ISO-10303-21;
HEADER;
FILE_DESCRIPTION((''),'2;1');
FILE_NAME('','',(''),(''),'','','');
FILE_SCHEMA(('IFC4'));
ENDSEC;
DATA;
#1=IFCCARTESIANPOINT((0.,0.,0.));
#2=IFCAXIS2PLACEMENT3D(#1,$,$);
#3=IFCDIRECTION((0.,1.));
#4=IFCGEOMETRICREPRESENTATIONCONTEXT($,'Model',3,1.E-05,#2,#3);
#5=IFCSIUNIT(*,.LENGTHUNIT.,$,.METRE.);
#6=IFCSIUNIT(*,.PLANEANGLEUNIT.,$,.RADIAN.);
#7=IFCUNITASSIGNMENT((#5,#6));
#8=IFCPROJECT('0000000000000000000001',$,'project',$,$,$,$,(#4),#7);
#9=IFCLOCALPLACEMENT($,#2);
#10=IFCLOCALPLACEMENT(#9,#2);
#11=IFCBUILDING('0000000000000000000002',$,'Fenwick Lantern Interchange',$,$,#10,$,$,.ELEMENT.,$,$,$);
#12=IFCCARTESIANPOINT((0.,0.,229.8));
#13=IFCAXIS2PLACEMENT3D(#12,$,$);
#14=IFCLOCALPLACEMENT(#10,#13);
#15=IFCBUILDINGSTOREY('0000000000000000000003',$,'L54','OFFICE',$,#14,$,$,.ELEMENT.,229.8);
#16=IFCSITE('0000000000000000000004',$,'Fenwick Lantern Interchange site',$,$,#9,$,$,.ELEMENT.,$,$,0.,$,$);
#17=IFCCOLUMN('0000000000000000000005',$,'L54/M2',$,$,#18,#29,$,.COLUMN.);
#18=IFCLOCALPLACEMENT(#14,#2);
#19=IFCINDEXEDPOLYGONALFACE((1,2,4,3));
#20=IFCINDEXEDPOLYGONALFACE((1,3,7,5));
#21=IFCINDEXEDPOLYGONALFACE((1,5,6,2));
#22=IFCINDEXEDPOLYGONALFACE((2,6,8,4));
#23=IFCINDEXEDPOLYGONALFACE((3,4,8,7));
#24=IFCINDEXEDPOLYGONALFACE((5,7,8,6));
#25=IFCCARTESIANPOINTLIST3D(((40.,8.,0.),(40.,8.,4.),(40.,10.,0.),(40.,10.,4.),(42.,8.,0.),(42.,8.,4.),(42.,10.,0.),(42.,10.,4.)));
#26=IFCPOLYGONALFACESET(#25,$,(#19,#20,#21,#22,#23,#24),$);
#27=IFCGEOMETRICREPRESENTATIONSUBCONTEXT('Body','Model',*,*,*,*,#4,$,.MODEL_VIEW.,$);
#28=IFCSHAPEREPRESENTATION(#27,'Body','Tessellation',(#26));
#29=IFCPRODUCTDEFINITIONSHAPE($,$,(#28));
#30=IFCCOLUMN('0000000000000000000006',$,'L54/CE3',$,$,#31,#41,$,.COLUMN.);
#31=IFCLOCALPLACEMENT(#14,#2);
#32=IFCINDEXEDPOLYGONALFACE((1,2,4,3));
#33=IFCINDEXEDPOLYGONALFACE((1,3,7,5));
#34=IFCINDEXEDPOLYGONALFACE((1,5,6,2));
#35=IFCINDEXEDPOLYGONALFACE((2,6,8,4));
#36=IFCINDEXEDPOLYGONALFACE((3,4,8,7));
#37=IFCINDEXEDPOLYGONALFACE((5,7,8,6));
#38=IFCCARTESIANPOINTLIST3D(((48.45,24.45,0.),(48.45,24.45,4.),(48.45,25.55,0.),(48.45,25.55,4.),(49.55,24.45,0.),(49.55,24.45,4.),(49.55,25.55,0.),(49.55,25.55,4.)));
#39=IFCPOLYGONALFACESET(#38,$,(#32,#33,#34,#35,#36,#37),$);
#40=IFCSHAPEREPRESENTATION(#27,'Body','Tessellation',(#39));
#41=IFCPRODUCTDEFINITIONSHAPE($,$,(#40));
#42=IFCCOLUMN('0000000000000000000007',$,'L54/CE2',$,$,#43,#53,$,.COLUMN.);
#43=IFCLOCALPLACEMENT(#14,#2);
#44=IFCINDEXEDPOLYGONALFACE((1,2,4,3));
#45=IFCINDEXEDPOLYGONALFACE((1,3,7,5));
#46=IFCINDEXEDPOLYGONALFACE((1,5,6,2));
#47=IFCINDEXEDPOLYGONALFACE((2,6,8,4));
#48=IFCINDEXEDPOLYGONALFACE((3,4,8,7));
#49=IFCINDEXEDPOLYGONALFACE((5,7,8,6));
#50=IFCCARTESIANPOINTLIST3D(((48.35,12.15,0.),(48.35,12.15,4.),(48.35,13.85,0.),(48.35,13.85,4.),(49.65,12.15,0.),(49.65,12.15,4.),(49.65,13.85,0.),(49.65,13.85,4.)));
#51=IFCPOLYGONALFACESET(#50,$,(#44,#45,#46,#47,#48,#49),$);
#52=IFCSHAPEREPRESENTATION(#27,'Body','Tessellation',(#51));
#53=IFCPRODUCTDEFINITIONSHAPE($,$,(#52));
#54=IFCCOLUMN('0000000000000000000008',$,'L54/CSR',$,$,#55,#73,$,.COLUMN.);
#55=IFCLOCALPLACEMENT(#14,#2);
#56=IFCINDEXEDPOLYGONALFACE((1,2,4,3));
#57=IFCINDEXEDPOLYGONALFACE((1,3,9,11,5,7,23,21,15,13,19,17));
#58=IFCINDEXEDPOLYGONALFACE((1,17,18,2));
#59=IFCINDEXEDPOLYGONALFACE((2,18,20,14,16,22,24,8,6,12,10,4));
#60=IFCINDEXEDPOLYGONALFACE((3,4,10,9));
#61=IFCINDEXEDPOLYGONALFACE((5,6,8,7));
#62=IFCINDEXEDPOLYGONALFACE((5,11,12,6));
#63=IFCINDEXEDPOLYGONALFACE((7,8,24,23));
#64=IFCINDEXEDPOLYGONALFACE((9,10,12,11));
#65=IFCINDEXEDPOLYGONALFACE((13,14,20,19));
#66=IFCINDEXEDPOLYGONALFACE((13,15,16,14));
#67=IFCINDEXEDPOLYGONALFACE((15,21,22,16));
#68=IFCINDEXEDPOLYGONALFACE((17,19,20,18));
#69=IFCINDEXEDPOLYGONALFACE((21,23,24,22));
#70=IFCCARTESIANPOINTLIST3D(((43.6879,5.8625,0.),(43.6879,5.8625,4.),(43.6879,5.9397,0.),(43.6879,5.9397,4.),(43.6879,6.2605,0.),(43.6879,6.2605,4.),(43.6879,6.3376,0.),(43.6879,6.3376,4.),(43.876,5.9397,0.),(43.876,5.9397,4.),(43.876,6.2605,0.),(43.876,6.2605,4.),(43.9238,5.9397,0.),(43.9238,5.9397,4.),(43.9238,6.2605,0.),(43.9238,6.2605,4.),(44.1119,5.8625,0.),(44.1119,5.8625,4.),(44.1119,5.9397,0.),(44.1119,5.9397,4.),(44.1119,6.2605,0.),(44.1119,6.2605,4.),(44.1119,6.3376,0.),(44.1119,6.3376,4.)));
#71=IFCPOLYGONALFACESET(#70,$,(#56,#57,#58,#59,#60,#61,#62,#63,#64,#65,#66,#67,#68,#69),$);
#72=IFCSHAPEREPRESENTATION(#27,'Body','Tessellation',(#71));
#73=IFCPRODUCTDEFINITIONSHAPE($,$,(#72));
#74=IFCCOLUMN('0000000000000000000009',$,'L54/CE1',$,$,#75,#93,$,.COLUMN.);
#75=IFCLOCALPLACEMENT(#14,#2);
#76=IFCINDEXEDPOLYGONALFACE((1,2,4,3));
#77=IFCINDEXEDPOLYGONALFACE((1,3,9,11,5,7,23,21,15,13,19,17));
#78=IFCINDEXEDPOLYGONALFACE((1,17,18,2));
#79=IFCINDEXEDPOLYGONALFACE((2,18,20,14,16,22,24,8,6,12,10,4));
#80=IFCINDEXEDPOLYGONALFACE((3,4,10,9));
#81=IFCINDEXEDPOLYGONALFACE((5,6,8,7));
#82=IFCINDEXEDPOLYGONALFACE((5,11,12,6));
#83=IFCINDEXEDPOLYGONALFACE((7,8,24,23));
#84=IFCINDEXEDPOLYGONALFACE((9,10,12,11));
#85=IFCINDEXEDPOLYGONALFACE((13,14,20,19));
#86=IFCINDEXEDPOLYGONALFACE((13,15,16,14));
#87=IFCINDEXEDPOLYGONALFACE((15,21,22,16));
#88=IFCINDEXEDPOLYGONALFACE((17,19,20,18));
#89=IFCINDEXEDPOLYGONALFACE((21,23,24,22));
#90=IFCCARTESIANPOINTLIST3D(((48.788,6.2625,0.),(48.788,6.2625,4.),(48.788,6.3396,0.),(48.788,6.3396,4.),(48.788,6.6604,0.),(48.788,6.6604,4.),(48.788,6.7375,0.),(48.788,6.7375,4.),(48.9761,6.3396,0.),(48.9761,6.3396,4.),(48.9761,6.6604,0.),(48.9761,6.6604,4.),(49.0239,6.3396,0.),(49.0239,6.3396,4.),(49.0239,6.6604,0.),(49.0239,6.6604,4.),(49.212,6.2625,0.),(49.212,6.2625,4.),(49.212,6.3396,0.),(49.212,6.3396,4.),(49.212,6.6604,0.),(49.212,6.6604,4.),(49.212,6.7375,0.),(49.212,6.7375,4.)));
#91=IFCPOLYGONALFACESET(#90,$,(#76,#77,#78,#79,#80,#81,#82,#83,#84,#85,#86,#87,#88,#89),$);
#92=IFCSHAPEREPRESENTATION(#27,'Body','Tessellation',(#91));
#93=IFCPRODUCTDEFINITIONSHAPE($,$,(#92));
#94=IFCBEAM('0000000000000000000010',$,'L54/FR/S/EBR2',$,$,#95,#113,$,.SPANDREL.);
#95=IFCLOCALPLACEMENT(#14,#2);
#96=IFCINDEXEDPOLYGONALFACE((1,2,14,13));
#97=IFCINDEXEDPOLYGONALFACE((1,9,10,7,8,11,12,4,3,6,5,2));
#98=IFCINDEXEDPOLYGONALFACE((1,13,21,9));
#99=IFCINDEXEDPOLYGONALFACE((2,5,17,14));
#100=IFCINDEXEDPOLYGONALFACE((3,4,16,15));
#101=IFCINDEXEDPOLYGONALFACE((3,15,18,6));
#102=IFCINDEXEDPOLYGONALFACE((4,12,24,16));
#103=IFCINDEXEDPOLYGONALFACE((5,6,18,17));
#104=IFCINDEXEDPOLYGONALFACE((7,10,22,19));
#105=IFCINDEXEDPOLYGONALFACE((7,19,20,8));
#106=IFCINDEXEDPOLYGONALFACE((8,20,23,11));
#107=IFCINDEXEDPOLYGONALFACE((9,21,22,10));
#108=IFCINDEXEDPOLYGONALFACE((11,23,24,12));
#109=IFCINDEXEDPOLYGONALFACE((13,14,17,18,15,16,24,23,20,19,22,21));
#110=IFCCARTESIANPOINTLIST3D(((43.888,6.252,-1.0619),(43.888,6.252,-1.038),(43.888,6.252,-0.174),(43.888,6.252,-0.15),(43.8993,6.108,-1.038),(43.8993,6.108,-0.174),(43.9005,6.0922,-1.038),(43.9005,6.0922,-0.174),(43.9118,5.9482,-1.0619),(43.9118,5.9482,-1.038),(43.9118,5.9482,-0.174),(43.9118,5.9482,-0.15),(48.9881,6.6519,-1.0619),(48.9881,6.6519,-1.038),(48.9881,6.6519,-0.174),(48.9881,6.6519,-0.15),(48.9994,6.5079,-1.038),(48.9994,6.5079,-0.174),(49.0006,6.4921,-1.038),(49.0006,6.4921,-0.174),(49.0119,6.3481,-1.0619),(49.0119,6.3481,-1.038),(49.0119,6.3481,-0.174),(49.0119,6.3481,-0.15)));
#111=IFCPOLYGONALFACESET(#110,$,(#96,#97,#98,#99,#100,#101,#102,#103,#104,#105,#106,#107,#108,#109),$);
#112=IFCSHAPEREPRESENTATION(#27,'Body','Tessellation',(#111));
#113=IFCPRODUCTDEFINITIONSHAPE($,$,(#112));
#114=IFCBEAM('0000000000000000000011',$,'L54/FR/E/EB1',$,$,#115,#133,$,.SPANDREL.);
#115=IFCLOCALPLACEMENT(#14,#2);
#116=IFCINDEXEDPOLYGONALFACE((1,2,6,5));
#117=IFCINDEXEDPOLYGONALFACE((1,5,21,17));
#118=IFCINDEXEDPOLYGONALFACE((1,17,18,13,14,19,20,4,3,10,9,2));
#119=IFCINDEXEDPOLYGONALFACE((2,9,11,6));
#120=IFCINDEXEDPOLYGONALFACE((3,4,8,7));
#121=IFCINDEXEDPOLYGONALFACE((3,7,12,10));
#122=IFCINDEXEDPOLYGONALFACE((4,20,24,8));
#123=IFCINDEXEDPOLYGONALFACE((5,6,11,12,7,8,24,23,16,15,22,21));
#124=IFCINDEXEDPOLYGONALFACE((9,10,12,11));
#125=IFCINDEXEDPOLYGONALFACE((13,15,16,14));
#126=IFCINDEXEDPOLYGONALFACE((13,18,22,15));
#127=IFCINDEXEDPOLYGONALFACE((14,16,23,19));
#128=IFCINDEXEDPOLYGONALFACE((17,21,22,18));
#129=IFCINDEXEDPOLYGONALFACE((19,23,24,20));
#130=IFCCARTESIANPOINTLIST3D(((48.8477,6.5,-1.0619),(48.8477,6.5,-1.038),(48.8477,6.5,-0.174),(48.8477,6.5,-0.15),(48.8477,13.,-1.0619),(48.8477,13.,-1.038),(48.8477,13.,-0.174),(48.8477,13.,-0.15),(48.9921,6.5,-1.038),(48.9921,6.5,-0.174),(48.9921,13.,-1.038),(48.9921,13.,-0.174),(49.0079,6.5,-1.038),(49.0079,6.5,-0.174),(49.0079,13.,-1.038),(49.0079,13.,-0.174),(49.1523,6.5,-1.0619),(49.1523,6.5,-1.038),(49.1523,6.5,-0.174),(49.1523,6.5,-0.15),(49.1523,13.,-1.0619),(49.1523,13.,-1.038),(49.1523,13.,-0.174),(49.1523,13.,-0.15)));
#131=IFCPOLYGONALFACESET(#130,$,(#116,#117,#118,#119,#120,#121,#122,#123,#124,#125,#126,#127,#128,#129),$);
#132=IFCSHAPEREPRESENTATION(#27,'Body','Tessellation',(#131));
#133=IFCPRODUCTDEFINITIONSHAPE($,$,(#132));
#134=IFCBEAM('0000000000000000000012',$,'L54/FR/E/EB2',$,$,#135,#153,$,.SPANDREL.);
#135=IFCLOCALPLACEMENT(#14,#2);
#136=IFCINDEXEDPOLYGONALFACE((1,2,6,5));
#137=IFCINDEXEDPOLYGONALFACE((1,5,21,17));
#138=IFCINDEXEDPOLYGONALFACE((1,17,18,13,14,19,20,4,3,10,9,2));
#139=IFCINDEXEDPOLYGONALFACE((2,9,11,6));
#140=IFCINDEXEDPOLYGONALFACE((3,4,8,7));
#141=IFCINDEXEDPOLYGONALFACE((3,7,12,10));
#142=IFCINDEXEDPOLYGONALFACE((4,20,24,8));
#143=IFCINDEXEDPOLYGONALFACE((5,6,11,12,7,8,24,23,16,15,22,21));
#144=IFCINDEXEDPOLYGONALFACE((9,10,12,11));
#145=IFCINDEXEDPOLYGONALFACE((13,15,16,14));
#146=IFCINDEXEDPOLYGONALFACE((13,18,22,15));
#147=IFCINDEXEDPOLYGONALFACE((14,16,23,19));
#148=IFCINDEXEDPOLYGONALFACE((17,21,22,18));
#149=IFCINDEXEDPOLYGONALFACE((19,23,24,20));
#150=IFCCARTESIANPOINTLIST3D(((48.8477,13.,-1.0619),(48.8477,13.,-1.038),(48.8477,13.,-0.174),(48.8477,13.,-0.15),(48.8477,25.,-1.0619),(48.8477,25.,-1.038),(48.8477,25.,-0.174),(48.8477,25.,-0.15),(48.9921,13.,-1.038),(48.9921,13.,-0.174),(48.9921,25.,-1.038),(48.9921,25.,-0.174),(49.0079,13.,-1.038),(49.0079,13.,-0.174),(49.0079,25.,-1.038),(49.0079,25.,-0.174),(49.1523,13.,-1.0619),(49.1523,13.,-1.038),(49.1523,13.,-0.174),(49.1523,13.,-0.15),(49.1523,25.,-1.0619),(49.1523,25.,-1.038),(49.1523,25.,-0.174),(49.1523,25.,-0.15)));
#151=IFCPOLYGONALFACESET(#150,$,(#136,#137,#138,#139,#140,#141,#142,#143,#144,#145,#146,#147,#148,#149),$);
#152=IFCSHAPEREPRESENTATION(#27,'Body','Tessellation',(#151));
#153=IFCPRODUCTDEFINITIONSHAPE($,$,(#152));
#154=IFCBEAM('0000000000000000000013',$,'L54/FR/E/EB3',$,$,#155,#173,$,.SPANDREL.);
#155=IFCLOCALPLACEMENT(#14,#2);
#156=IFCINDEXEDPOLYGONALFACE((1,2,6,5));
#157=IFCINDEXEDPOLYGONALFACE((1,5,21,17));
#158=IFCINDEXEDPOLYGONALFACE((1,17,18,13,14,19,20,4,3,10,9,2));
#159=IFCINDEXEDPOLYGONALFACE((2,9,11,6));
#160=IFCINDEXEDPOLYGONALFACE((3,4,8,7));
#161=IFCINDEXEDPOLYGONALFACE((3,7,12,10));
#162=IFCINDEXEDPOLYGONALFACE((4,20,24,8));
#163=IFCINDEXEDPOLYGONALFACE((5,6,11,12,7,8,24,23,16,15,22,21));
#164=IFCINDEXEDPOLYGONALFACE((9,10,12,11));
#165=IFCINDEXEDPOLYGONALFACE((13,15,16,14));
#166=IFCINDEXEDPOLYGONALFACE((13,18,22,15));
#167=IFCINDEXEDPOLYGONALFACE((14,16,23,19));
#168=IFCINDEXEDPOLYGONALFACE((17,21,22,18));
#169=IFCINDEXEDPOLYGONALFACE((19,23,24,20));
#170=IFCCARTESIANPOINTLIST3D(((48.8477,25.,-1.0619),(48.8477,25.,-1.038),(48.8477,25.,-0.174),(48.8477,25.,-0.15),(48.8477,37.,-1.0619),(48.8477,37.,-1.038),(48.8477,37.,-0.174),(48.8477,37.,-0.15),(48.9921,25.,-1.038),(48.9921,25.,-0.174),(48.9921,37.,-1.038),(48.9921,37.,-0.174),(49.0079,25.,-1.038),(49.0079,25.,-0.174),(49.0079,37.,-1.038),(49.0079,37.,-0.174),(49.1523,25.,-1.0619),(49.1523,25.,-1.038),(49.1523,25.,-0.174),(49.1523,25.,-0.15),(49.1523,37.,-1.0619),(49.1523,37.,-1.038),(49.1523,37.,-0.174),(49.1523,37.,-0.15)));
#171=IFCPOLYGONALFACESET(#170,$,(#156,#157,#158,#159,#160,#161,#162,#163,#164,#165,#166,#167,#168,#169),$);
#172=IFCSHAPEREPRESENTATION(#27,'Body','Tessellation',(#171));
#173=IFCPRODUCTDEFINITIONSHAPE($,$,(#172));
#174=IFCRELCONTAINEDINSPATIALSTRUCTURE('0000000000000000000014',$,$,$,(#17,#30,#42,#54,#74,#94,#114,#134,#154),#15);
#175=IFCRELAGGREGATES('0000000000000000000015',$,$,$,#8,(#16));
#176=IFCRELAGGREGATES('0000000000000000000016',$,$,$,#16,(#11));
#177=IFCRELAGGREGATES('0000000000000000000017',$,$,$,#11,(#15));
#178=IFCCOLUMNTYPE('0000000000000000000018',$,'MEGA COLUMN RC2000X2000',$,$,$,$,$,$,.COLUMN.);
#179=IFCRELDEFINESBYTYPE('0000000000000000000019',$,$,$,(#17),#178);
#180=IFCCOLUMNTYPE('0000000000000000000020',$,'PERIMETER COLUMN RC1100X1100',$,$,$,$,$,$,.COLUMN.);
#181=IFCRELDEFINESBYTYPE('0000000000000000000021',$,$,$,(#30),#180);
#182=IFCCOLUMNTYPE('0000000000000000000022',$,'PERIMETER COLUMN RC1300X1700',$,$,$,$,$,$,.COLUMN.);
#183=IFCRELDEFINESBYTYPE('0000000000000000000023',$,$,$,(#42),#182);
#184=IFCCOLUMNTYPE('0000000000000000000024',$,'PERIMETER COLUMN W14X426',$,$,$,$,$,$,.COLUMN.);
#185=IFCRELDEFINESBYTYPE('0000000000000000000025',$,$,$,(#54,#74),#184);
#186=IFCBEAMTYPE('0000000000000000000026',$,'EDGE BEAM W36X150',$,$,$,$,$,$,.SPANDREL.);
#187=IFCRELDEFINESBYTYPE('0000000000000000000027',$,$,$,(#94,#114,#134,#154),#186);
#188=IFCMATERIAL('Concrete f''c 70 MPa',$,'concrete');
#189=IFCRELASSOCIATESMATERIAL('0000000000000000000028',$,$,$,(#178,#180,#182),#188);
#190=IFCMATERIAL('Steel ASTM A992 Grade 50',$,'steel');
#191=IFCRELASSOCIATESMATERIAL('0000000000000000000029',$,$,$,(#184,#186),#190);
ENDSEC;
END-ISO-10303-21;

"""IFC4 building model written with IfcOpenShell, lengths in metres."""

from ifc_helpers import new_model, si_unit, direction, frame, origin, origin_2d, place, context, subcontext, project, spatial, rectangle, i_section, extrude, material, material_profile, profile_set, type_object, element, save


model = new_model("IFC4")

# Units and contexts
model_context = context("Model", 3, precision=1e-05, world=origin(), true_north=direction((0.0, 1.0)))
body_context = subcontext(model_context, "Body", "Model", "MODEL_VIEW")
ifc_project = project(units=[si_unit("LENGTHUNIT", "METRE"), si_unit("PLANEANGLEUNIT", "RADIAN")], contexts=[model_context])

# Site, building, storey
site_placement = place(None, origin())
site = spatial("IfcSite", under=ifc_project, at=site_placement, Name="Fenwick Lantern Interchange site", CompositionType="ELEMENT", RefElevation=0.0)
building_placement = place(site_placement, origin())
building = spatial("IfcBuilding", under=site, at=building_placement, Name="Fenwick Lantern Interchange", CompositionType="ELEMENT")
storey_placement = place(building_placement, frame((0.0, 0.0, 229.8)))
storey = spatial("IfcBuildingStorey", under=building, at=storey_placement, Name="L54", Description="OFFICE", CompositionType="ELEMENT", Elevation=229.8)

# Columns
ifc_material_1 = material(Name="Concrete f'c 70 MPa", Category="concrete")
ifc_material_profile_1 = material_profile(ifc_material_1, rectangle(XDim=2.0, YDim=2.0, at=origin_2d()), Name="RC2000X2000")
ifc_profile_set_1 = profile_set([ifc_material_profile_1], Name="Concrete f'c 70 MPa")
column_type_1 = type_object("IfcColumnType", Name="MEGA COLUMN RC2000X2000", PredefinedType="COLUMN", material=ifc_profile_set_1)
column_1_placement = place(storey_placement, frame((41.0, 9.0, 0.0), z_axis=(0.0, 0.0, 1.0), x_axis=(1.0, 0.0, 0.0)))
element("IfcColumn", 1, at=column_1_placement, inside=storey, type_object=column_type_1, Name="L54/M2", PredefinedType="COLUMN", context=body_context, shape_type="SweptSolid", body=[
    extrude(rectangle(XDim=2.0, YDim=2.0, at=origin_2d()), origin(), (0.0, 0.0, 1.0), 4.0),
])
ifc_material_profile_2 = material_profile(ifc_material_1, rectangle(XDim=1.1001, YDim=1.1001, at=origin_2d()), Name="RC1100X1100")
ifc_profile_set_2 = profile_set([ifc_material_profile_2], Name="Concrete f'c 70 MPa")
column_type_2 = type_object("IfcColumnType", Name="PERIMETER COLUMN RC1100X1100", PredefinedType="COLUMN", material=ifc_profile_set_2)
column_2_placement = place(storey_placement, frame((49.0, 25.0, 0.0), z_axis=(0.0, 0.0, 1.0), x_axis=(1.0, 0.0, 0.0)))
element("IfcColumn", 2, at=column_2_placement, inside=storey, type_object=column_type_2, Name="L54/CE3", PredefinedType="COLUMN", context=body_context, shape_type="SweptSolid", body=[
    extrude(rectangle(XDim=1.1001, YDim=1.1001, at=origin_2d()), origin(), (0.0, 0.0, 1.0), 4.0),
])
ifc_material_profile_3 = material_profile(ifc_material_1, rectangle(XDim=1.3, YDim=1.7, at=origin_2d()), Name="RC1300X1700")
ifc_profile_set_3 = profile_set([ifc_material_profile_3], Name="Concrete f'c 70 MPa")
column_type_3 = type_object("IfcColumnType", Name="PERIMETER COLUMN RC1300X1700", PredefinedType="COLUMN", material=ifc_profile_set_3)
column_3_placement = place(storey_placement, frame((49.0, 13.0, 0.0), z_axis=(0.0, 0.0, 1.0), x_axis=(1.0, 0.0, 0.0)))
element("IfcColumn", 3, at=column_3_placement, inside=storey, type_object=column_type_3, Name="L54/CE2", PredefinedType="COLUMN", context=body_context, shape_type="SweptSolid", body=[
    extrude(rectangle(XDim=1.3, YDim=1.7, at=origin_2d()), origin(), (0.0, 0.0, 1.0), 4.0),
])
ifc_material_2 = material(Name="Steel ASTM A992 Grade 50", Category="steel")
ifc_material_profile_4 = material_profile(ifc_material_2, i_section(OverallWidth=0.4241, OverallDepth=0.4751, WebThickness=0.0479, FlangeThickness=0.0771, at=origin_2d()), Name="W14X426")
ifc_profile_set_4 = profile_set([ifc_material_profile_4], Name="Steel ASTM A992 Grade 50")
column_type_4 = type_object("IfcColumnType", Name="PERIMETER COLUMN W14X426", PredefinedType="COLUMN", material=ifc_profile_set_4)
for number, where, z_axis, x_axis, name in (
    (4, (43.8999, 6.1001, 0.0), (0.0, 0.0, 1.0), (1.0, 0.0, 0.0), "L54/CSR"),
    (5, (49.0, 6.5, 0.0), (0.0, 0.0, 1.0), (1.0, 0.0, 0.0), "L54/CE1"),
):
    element("IfcColumn", number, at=place(storey_placement, frame(where, z_axis=z_axis, x_axis=x_axis)), inside=storey, type_object=column_type_4, Name=name, PredefinedType="COLUMN", context=body_context, shape_type="SweptSolid", body=[
        extrude(i_section(OverallWidth=0.4241, OverallDepth=0.4751, WebThickness=0.0479, FlangeThickness=0.0771, at=origin_2d()), origin(), (0.0, 0.0, 1.0), 4.0),
    ])

# Beams
ifc_material_profile_5 = material_profile(ifc_material_2, i_section(OverallWidth=0.3047, OverallDepth=0.9119, WebThickness=0.0159, FlangeThickness=0.0239, at=origin_2d()), Name="W36X150")
ifc_profile_set_5 = profile_set([ifc_material_profile_5], Name="Steel ASTM A992 Grade 50")
beam_type_1 = type_object("IfcBeamType", Name="EDGE BEAM W36X150", PredefinedType="SPANDREL", material=ifc_profile_set_5)
beam_1_placement = place(storey_placement, frame((43.8999, 6.1001, -0.606), z_axis=(0.99694, 0.078171, 0.0), x_axis=(-0.078171, 0.99694, 0.0)))
element("IfcBeam", 6, at=beam_1_placement, inside=storey, type_object=beam_type_1, Name="L54/FR/S/EBR2", PredefinedType="SPANDREL", context=body_context, shape_type="SweptSolid", body=[
    extrude(i_section(OverallWidth=0.3047, OverallDepth=0.9119, WebThickness=0.0159, FlangeThickness=0.0239, at=origin_2d()), origin(), (0.0, 0.0, 1.0), 5.1157),
])
beam_2_placement = place(storey_placement, frame((49.0, 6.5, -0.606), z_axis=(0.0, 1.0, 0.0), x_axis=(-1.0, 0.0, 0.0)))
element("IfcBeam", 7, at=beam_2_placement, inside=storey, type_object=beam_type_1, Name="L54/FR/E/EB1", PredefinedType="SPANDREL", context=body_context, shape_type="SweptSolid", body=[
    extrude(i_section(OverallWidth=0.3047, OverallDepth=0.9119, WebThickness=0.0159, FlangeThickness=0.0239, at=origin_2d()), origin(), (0.0, 0.0, 1.0), 6.5),
])
for number, where, z_axis, x_axis, name in (
    (8, (49.0, 13.0, -0.606), (0.0, 1.0, 0.0), (-1.0, 0.0, 0.0), "L54/FR/E/EB2"),
    (9, (49.0, 25.0, -0.606), (0.0, 1.0, 0.0), (-1.0, 0.0, 0.0), "L54/FR/E/EB3"),
):
    element("IfcBeam", number, at=place(storey_placement, frame(where, z_axis=z_axis, x_axis=x_axis)), inside=storey, type_object=beam_type_1, Name=name, PredefinedType="SPANDREL", context=body_context, shape_type="SweptSolid", body=[
        extrude(i_section(OverallWidth=0.3047, OverallDepth=0.9119, WebThickness=0.0159, FlangeThickness=0.0239, at=origin_2d()), origin(), (0.0, 0.0, 1.0), 12.0),
    ])

save(model, "model.ifc")
